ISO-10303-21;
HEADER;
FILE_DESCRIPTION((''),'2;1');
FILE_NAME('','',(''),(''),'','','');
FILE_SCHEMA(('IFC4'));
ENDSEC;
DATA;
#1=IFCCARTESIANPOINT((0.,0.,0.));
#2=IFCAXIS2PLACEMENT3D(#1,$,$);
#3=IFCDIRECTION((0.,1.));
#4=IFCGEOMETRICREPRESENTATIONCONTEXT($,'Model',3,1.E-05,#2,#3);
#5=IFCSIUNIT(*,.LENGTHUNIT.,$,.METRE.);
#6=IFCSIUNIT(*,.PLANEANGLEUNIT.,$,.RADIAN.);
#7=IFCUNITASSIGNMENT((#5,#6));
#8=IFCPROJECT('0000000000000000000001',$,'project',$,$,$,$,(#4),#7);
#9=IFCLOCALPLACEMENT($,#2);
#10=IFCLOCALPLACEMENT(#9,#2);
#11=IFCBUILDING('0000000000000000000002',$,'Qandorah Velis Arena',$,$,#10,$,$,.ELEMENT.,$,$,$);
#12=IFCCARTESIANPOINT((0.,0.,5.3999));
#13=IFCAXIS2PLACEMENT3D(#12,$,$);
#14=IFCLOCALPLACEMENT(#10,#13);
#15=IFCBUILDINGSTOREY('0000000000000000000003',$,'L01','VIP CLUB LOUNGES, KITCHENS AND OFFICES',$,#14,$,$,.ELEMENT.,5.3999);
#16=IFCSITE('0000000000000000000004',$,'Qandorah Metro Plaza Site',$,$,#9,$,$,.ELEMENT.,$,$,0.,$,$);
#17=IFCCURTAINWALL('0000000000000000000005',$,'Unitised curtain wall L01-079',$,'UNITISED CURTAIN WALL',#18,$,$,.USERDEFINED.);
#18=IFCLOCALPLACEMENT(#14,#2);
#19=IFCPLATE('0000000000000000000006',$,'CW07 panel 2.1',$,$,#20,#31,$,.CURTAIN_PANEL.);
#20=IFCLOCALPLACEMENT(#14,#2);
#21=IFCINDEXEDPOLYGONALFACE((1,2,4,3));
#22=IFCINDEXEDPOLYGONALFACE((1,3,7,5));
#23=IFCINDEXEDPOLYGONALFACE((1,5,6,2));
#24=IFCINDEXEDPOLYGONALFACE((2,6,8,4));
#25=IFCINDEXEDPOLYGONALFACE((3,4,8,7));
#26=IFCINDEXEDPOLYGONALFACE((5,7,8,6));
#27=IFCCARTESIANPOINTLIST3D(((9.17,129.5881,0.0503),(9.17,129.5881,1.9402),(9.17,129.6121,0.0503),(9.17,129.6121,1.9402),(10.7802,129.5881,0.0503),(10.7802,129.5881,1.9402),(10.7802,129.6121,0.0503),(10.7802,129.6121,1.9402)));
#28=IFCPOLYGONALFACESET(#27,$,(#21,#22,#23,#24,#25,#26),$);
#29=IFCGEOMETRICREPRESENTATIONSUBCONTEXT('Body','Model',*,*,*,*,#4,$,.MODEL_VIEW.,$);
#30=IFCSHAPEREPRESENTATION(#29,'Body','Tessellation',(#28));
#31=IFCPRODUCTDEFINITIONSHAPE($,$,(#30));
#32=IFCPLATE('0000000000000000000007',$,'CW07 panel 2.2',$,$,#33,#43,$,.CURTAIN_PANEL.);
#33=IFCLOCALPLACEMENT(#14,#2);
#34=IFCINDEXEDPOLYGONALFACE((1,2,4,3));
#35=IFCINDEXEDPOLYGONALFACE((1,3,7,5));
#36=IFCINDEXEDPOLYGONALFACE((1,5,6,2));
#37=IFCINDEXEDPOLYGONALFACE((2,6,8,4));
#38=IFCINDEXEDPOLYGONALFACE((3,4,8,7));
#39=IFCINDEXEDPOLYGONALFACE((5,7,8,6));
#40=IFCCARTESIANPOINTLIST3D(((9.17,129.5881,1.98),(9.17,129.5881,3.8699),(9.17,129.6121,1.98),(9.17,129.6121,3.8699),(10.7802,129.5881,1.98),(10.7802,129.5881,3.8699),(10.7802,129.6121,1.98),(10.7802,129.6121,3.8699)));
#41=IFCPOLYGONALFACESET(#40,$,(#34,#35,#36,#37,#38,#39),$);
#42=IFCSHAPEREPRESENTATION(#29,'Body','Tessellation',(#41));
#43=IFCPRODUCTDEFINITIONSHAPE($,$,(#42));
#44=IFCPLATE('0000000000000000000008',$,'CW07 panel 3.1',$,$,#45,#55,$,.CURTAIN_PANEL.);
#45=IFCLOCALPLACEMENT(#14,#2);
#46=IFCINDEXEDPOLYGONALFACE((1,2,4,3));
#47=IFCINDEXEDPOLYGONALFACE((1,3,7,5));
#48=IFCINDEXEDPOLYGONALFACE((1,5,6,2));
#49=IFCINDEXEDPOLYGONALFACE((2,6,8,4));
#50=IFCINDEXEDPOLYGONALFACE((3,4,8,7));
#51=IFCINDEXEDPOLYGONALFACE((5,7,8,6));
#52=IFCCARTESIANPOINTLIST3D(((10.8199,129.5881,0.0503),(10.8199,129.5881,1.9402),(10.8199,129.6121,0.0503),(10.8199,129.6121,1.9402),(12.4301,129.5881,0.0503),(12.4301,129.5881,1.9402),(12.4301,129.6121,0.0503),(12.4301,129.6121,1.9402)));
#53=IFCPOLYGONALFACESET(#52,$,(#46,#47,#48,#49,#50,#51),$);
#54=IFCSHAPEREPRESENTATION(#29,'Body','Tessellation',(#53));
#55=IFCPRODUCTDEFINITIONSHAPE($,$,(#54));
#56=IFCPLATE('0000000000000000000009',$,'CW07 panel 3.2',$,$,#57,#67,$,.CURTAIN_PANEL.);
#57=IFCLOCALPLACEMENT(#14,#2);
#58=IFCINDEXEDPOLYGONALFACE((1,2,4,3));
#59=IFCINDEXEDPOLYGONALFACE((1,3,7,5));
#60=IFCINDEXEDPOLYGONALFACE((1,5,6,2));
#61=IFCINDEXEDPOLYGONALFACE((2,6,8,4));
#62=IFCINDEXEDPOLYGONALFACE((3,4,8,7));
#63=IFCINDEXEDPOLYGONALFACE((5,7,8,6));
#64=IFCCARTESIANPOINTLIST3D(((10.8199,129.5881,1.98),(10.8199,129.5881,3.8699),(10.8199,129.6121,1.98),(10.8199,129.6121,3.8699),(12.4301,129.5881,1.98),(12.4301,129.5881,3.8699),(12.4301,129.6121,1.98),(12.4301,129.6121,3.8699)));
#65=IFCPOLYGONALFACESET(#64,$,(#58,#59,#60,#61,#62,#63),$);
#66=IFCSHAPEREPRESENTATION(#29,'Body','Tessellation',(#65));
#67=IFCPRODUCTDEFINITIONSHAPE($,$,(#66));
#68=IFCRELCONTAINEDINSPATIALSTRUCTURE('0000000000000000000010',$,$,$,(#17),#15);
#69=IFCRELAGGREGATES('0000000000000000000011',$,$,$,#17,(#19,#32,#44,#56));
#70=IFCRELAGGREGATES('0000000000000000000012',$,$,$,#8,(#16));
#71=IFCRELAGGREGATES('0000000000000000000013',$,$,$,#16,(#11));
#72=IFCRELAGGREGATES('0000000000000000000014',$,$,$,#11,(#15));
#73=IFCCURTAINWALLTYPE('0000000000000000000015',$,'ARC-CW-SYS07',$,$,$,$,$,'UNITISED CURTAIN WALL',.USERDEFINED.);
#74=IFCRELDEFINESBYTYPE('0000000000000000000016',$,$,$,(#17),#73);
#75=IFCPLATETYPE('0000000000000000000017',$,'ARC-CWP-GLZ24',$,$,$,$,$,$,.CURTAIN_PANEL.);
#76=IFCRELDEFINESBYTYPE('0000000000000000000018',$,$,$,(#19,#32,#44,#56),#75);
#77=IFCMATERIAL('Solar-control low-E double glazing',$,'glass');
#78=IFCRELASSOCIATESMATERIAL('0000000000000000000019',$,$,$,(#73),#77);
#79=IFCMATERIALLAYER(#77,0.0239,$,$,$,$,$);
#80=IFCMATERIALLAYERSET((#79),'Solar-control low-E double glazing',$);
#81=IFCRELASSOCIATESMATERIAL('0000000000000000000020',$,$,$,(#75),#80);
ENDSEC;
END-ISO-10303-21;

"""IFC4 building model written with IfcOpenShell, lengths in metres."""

from ifc_helpers import new_model, si_unit, direction, frame, origin, origin_2d, place, context, subcontext, project, spatial, rectangle, extrude, material, layer, layer_set, type_object, element, aggregate, save


model = new_model("IFC4")

# Units and contexts
model_context = context("Model", 3, precision=1e-05, world=origin(), true_north=direction((0.0, 1.0)))
body_context = subcontext(model_context, "Body", "Model", "MODEL_VIEW")
ifc_project = project(units=[si_unit("LENGTHUNIT", "METRE"), si_unit("PLANEANGLEUNIT", "RADIAN")], contexts=[model_context])

# Site, building, storey
site_placement = place(None, origin())
site = spatial("IfcSite", under=ifc_project, at=site_placement, Name="Qandorah Metro Plaza Site", CompositionType="ELEMENT", RefElevation=0.0)
building_placement = place(site_placement, origin())
building = spatial("IfcBuilding", under=site, at=building_placement, Name="Qandorah Velis Arena", CompositionType="ELEMENT")
storey_placement = place(building_placement, frame((0.0, 0.0, 5.3999)))
storey = spatial("IfcBuildingStorey", under=building, at=storey_placement, Name="L01", Description="VIP CLUB LOUNGES, KITCHENS AND OFFICES", CompositionType="ELEMENT", Elevation=5.3999)

# Curtain wall
ifc_material_1 = material(Name="Solar-control low-E double glazing", Category="glass")
curtain_wall_type = type_object("IfcCurtainWallType", Name="ARC-CW-SYS07", ElementType="UNITISED CURTAIN WALL", PredefinedType="USERDEFINED", material=ifc_material_1)
curtain_wall_placement = place(storey_placement, origin())
curtain_wall = element("IfcCurtainWall", 1, at=curtain_wall_placement, inside=storey, type_object=curtain_wall_type, Name="Unitised curtain wall L01-079", ObjectType="UNITISED CURTAIN WALL", PredefinedType="USERDEFINED")

# Plates
ifc_layer = layer(ifc_material_1, 0.0239)
ifc_layer_set = layer_set([ifc_layer], Name="Solar-control low-E double glazing")
plate_type = type_object("IfcPlateType", Name="ARC-CWP-GLZ24", PredefinedType="CURTAIN_PANEL", material=ifc_layer_set)
plate_1_placement = place(storey_placement, frame((9.9751, 129.6001, 0.0503), z_axis=(0.0, 0.0, 1.0), x_axis=(1.0, 0.0, 0.0)))
plate_1 = element("IfcPlate", 2, at=plate_1_placement, type_object=plate_type, Name="CW07 panel 2.1", PredefinedType="CURTAIN_PANEL", context=body_context, shape_type="SweptSolid", body=[
    extrude(rectangle(XDim=1.6101, YDim=0.0239, at=origin_2d()), origin(), (0.0, 0.0, 1.0), 1.8899),
])
plate_2_placement = place(storey_placement, frame((9.9751, 129.6001, 1.98), z_axis=(0.0, 0.0, 1.0), x_axis=(1.0, 0.0, 0.0)))
plate_2 = element("IfcPlate", 3, at=plate_2_placement, type_object=plate_type, Name="CW07 panel 2.2", PredefinedType="CURTAIN_PANEL", context=body_context, shape_type="SweptSolid", body=[
    extrude(rectangle(XDim=1.6101, YDim=0.0239, at=origin_2d()), origin(), (0.0, 0.0, 1.0), 1.8899),
])
plate_3_placement = place(storey_placement, frame((11.625, 129.6001, 0.0503), z_axis=(0.0, 0.0, 1.0), x_axis=(1.0, 0.0, 0.0)))
plate_3 = element("IfcPlate", 4, at=plate_3_placement, type_object=plate_type, Name="CW07 panel 3.1", PredefinedType="CURTAIN_PANEL", context=body_context, shape_type="SweptSolid", body=[
    extrude(rectangle(XDim=1.6101, YDim=0.0239, at=origin_2d()), origin(), (0.0, 0.0, 1.0), 1.8899),
])
plate_4_placement = place(storey_placement, frame((11.625, 129.6001, 1.98), z_axis=(0.0, 0.0, 1.0), x_axis=(1.0, 0.0, 0.0)))
plate_4 = element("IfcPlate", 5, at=plate_4_placement, type_object=plate_type, Name="CW07 panel 3.2", PredefinedType="CURTAIN_PANEL", context=body_context, shape_type="SweptSolid", body=[
    extrude(rectangle(XDim=1.6101, YDim=0.0239, at=origin_2d()), origin(), (0.0, 0.0, 1.0), 1.8899),
])
aggregate(curtain_wall, [plate_1, plate_2, plate_3, plate_4])

save(model, "model.ifc")
